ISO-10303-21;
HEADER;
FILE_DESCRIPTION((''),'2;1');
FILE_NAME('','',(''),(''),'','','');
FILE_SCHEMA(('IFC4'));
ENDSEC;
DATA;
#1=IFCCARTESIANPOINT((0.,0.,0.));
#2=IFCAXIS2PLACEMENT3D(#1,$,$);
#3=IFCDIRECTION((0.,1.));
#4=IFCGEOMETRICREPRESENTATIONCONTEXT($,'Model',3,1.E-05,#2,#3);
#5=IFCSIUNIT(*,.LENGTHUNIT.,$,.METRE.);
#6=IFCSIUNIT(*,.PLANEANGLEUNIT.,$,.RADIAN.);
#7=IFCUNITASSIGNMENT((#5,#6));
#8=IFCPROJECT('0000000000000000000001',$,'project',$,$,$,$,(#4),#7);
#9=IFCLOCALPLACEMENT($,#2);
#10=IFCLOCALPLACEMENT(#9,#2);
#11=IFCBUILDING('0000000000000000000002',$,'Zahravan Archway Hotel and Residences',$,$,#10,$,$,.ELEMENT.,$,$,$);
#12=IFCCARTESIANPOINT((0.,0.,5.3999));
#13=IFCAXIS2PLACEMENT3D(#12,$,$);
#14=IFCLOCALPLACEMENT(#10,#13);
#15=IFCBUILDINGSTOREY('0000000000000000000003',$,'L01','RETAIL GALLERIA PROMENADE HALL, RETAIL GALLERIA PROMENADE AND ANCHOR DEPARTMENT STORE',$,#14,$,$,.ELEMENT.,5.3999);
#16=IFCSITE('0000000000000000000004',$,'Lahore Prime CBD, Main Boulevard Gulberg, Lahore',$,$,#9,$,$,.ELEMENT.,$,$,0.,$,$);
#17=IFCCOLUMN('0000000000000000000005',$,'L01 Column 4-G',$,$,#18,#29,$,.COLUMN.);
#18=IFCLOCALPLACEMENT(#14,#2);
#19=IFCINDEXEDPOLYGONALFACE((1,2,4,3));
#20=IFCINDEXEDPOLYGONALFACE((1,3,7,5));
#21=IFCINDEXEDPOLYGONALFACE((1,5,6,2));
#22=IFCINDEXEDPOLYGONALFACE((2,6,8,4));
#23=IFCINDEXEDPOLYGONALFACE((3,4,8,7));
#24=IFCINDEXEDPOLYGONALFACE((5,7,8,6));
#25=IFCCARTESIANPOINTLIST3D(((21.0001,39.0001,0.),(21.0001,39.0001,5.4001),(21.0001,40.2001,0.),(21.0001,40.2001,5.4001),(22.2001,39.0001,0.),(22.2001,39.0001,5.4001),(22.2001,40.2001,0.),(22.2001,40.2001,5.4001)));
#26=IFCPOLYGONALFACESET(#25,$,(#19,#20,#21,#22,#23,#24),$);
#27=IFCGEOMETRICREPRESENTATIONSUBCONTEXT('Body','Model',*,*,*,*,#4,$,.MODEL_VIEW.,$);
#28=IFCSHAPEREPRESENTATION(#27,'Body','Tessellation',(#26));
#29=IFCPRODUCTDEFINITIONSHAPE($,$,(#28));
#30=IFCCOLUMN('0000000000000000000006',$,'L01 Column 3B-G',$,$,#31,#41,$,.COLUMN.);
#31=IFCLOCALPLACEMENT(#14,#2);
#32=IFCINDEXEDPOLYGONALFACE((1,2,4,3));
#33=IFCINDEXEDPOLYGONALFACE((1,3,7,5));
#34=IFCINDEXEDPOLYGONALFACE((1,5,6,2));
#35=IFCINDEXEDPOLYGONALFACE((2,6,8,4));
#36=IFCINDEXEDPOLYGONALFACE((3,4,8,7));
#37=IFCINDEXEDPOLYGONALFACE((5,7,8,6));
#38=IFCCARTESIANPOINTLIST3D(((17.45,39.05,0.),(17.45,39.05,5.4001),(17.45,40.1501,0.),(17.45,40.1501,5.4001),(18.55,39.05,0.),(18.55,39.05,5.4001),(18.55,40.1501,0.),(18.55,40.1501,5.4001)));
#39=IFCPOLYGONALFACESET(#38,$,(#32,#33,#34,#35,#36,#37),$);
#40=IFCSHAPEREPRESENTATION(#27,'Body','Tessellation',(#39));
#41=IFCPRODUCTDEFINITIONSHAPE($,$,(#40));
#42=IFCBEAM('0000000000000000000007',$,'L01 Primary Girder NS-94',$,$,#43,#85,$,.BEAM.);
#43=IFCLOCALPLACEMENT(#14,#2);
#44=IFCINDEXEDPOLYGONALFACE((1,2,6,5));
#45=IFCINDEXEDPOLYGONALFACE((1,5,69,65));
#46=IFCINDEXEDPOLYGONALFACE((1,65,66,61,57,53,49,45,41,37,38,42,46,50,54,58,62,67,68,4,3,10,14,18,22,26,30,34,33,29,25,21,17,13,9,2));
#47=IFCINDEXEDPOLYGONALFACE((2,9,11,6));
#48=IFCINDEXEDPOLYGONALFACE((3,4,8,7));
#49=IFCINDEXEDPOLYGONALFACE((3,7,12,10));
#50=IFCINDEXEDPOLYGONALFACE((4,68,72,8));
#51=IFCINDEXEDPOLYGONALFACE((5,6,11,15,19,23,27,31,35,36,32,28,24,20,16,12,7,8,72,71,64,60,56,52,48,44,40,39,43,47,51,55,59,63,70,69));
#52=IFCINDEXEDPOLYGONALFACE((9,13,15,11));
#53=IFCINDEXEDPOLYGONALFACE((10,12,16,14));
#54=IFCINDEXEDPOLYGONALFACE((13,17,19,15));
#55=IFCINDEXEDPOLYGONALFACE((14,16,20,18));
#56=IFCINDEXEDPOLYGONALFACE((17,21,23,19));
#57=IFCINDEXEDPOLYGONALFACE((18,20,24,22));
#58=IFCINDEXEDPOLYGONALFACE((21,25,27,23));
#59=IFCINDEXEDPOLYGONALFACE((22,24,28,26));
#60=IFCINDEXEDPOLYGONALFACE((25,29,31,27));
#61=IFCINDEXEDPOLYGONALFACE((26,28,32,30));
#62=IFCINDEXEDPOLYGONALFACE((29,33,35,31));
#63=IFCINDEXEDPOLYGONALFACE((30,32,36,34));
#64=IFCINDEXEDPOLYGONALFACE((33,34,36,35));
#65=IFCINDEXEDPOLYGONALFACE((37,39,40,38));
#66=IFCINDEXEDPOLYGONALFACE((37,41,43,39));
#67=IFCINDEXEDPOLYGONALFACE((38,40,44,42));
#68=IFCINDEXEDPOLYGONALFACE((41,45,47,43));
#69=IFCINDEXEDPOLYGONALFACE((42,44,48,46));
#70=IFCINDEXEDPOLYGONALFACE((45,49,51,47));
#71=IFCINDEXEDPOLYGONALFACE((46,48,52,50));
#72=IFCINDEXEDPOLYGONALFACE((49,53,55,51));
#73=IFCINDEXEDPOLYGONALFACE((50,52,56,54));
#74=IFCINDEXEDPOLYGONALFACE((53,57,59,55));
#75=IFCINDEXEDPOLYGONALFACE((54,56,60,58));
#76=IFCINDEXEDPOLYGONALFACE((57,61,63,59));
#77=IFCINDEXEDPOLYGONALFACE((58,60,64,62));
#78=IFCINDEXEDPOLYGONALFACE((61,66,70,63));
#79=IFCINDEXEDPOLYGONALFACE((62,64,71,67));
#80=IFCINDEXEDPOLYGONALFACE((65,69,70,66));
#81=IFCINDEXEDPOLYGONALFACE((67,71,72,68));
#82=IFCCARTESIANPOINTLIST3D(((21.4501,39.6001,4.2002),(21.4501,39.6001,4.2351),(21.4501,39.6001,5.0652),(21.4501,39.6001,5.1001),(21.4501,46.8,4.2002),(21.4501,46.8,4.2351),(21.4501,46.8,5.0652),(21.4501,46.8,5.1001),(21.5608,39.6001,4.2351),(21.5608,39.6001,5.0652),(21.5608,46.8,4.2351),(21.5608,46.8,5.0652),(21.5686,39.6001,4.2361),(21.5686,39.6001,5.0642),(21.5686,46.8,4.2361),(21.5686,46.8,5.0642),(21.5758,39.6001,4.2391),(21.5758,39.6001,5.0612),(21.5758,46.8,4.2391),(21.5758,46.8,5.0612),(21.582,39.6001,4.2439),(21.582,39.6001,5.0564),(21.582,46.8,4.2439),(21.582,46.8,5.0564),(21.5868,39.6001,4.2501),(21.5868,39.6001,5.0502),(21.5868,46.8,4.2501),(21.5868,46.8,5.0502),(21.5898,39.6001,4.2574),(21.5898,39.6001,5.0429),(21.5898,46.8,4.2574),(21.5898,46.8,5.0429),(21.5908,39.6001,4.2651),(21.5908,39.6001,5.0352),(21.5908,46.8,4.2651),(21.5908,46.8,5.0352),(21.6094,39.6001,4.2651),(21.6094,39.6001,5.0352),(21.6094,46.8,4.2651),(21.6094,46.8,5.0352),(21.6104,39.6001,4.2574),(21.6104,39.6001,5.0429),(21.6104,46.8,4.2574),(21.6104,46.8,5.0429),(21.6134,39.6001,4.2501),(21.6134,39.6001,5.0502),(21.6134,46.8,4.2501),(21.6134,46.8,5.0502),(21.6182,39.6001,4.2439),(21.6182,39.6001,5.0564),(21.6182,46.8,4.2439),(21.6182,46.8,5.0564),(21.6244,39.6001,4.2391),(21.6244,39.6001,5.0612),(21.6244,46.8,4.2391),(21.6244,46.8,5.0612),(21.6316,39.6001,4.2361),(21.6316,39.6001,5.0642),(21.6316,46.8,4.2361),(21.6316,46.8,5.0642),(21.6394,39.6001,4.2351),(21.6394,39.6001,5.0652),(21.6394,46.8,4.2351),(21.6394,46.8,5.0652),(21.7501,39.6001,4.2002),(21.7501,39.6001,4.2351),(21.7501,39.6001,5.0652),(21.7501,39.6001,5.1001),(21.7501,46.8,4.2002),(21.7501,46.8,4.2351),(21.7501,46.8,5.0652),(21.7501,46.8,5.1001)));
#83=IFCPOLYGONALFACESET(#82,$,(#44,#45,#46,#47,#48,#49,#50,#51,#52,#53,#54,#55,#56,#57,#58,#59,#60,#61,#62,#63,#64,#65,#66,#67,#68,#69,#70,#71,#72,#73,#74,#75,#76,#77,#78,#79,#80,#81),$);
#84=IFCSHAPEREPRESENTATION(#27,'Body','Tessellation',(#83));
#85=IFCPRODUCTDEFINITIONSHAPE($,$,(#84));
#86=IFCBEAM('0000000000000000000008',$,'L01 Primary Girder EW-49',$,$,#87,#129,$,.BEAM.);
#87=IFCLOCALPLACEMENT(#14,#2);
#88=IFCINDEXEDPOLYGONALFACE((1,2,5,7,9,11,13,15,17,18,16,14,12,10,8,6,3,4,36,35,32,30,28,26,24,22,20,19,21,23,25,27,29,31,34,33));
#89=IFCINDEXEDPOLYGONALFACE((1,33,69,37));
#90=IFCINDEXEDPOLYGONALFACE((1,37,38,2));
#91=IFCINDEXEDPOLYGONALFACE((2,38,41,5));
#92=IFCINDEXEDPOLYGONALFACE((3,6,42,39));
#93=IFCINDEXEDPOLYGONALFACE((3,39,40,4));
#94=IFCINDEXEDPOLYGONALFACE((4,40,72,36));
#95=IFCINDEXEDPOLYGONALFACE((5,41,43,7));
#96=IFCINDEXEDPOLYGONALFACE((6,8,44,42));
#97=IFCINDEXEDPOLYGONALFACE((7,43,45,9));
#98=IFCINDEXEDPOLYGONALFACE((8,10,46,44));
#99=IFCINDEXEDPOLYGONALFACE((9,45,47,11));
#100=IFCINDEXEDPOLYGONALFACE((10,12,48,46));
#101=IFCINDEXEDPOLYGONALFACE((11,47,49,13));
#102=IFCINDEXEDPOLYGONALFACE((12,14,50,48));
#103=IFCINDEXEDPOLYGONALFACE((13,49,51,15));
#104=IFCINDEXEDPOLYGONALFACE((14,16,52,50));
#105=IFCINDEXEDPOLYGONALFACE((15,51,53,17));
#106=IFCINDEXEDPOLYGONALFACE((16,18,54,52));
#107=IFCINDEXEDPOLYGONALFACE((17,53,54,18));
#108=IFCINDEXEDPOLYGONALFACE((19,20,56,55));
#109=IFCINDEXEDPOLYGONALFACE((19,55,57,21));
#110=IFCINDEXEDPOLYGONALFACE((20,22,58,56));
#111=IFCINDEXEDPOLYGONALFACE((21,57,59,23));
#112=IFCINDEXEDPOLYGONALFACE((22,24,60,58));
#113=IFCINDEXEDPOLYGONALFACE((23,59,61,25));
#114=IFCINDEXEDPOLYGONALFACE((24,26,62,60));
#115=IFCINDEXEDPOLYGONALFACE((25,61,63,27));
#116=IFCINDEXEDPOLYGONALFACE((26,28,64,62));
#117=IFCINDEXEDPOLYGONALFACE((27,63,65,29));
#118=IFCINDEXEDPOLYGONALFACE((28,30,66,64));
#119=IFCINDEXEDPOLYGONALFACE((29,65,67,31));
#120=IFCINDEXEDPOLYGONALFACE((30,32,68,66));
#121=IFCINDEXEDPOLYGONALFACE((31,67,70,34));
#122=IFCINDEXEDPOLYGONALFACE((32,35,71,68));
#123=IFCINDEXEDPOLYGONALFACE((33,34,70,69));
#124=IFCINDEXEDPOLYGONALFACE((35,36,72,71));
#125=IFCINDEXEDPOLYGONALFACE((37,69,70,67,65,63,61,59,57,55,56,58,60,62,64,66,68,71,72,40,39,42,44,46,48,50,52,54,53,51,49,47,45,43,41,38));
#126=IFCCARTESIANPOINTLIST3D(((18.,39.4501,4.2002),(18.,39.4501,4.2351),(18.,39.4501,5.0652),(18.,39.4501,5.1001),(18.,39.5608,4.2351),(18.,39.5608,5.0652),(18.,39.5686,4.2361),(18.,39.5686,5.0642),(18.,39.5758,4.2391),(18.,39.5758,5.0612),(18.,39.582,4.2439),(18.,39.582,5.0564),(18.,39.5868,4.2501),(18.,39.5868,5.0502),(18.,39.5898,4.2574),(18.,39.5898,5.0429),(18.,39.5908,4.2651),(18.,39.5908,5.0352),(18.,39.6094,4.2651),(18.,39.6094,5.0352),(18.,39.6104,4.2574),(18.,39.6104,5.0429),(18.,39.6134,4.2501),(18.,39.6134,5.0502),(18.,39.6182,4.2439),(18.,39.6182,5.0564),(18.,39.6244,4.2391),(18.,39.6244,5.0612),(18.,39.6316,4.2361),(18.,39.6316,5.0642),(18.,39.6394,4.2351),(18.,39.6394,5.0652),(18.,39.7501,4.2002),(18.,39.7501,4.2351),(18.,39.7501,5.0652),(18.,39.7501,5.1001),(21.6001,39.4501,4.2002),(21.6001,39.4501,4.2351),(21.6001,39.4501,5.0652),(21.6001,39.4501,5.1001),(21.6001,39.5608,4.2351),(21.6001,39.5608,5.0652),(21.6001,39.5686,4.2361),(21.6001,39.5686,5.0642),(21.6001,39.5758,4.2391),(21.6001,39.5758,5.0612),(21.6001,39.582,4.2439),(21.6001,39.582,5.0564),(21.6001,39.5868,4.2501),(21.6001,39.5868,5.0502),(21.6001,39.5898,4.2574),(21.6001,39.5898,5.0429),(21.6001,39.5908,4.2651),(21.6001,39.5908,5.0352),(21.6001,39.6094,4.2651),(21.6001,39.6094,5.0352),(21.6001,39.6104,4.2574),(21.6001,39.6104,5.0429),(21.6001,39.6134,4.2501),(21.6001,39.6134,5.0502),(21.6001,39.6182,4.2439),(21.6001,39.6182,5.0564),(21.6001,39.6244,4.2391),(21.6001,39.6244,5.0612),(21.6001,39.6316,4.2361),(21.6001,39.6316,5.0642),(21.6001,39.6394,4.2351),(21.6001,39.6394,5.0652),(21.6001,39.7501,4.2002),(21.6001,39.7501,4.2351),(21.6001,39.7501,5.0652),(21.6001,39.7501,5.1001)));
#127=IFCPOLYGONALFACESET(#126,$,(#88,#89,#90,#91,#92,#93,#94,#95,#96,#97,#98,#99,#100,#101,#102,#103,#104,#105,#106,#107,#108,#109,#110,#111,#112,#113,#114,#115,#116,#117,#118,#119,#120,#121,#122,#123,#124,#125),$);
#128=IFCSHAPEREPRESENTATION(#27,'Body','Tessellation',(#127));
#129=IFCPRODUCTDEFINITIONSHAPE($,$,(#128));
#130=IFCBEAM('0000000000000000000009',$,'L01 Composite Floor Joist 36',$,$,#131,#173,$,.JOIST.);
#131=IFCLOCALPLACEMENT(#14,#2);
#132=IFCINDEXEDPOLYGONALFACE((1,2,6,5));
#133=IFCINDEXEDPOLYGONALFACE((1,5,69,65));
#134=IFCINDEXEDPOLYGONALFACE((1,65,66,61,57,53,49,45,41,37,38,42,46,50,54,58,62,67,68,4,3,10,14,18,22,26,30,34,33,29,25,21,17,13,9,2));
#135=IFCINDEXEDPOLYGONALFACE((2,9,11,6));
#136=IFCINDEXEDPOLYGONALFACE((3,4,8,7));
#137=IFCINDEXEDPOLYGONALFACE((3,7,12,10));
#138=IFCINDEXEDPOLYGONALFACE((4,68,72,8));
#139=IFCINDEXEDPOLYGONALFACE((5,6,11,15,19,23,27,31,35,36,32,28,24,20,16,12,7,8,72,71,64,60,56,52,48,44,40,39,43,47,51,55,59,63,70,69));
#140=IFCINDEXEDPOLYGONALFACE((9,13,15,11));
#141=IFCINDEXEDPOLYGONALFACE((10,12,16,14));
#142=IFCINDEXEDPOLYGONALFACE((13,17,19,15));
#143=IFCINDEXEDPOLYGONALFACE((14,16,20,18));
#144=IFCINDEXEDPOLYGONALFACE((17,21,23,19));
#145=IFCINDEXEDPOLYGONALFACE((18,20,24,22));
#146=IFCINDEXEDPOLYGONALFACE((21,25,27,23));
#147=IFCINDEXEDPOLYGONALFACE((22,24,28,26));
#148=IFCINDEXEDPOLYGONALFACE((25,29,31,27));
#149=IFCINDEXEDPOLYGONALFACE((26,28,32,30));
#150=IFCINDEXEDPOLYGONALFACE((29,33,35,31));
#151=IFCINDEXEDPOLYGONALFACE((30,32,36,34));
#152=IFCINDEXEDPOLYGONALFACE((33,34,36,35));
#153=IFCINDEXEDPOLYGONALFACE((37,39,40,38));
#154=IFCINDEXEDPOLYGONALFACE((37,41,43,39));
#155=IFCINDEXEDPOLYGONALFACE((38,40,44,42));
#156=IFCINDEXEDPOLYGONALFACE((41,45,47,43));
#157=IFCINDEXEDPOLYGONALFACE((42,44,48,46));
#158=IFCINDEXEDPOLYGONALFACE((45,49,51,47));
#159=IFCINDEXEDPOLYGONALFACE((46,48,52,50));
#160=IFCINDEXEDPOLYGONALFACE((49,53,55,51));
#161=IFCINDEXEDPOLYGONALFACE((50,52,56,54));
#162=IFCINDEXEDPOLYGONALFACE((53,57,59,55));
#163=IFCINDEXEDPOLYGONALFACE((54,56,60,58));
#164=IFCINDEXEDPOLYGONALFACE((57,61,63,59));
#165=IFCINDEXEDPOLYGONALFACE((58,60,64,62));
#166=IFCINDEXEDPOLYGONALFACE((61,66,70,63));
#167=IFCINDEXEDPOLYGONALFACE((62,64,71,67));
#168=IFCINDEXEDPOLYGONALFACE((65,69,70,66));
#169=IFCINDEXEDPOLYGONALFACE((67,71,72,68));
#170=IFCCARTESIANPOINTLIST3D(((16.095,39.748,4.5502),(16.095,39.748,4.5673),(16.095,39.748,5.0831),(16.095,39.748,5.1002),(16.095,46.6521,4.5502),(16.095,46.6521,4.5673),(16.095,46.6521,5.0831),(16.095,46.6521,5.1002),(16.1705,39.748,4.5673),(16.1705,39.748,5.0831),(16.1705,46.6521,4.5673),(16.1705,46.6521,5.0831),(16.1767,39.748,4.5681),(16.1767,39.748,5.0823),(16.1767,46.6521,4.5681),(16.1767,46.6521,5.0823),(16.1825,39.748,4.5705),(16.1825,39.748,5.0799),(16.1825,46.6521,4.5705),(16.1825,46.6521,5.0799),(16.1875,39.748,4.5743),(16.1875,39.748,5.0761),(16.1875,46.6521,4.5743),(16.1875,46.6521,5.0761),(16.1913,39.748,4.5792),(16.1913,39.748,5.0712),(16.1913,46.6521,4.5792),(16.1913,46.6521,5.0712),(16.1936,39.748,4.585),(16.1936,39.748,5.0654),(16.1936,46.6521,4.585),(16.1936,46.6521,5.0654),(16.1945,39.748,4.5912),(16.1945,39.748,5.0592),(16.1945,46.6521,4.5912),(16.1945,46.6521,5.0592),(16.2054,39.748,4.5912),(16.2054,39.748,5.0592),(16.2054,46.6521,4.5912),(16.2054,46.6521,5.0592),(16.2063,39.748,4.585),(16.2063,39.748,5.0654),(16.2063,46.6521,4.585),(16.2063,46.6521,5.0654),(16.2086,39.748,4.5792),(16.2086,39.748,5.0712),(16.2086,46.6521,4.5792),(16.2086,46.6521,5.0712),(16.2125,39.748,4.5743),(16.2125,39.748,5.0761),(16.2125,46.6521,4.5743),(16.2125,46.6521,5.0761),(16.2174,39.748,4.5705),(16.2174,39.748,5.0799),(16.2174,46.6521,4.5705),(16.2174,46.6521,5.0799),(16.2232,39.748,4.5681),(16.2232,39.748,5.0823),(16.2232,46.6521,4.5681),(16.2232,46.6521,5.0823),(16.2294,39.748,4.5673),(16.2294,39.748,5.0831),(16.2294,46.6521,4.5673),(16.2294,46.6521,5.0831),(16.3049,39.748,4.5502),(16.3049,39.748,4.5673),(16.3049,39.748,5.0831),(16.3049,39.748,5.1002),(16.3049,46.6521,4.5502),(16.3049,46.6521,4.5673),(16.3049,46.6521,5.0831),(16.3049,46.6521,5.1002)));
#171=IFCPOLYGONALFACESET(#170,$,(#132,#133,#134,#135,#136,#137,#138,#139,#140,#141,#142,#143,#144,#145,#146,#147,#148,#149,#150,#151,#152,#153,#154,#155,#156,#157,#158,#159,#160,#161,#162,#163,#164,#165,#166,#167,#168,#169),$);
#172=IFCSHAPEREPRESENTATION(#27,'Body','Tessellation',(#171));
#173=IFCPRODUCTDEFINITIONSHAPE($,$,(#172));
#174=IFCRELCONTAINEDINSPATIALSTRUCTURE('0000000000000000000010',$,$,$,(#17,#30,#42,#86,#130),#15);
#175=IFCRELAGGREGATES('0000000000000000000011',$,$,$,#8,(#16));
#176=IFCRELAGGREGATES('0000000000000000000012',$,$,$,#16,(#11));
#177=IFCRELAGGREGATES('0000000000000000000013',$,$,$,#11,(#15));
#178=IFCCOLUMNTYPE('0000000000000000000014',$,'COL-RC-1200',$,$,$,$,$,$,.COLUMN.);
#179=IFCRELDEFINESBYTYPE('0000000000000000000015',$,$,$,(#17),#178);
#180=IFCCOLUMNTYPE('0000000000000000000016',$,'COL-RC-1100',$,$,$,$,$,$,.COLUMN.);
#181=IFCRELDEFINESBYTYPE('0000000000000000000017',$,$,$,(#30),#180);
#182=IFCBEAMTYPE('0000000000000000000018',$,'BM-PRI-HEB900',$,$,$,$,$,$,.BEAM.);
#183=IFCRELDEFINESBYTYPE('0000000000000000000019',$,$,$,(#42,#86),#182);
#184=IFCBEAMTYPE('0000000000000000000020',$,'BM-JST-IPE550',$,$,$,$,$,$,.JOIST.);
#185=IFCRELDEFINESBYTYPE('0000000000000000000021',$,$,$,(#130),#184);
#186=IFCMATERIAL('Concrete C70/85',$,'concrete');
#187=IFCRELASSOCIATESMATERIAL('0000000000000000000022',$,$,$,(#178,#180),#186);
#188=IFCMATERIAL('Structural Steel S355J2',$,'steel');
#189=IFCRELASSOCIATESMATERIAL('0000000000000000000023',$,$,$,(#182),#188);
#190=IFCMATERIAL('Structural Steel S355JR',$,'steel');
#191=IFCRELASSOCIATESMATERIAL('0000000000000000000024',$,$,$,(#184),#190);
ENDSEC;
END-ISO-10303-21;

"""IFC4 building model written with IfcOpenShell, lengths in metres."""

from ifc_helpers import new_model, si_unit, direction, frame, origin, origin_2d, place, context, subcontext, project, spatial, rectangle, i_section, extrude, source, transform, mapped, material, material_profile, profile_set, type_object, type_shapes, element, save


model = new_model("IFC4")

# Units and contexts
model_context = context("Model", 3, precision=1e-05, world=origin(), true_north=direction((0.0, 1.0)))
body_context = subcontext(model_context, "Body", "Model", "MODEL_VIEW")
ifc_project = project(units=[si_unit("LENGTHUNIT", "METRE"), si_unit("PLANEANGLEUNIT", "RADIAN")], contexts=[model_context])

# Site, building, storey
site_placement = place(None, origin())
site = spatial("IfcSite", under=ifc_project, at=site_placement, Name="Lahore Prime CBD, Main Boulevard Gulberg, Lahore", CompositionType="ELEMENT", RefElevation=0.0)
building_placement = place(site_placement, origin())
building = spatial("IfcBuilding", under=site, at=building_placement, Name="Zahravan Archway Hotel and Residences", CompositionType="ELEMENT")
storey_placement = place(building_placement, frame((0.0, 0.0, 5.3999)))
storey = spatial("IfcBuildingStorey", under=building, at=storey_placement, Name="L01", Description="RETAIL GALLERIA PROMENADE HALL, RETAIL GALLERIA PROMENADE AND ANCHOR DEPARTMENT STORE", CompositionType="ELEMENT", Elevation=5.3999)

# Columns
ifc_material_1 = material(Name="Concrete C70/85", Category="concrete")
ifc_material_profile_1 = material_profile(ifc_material_1, rectangle(XDim=1.2, YDim=1.2, at=origin_2d()), Name="RC-COL-1200x1200", Category="concrete")
ifc_profile_set_1 = profile_set([ifc_material_profile_1], Name="Concrete C70/85")
column_type_1 = type_object("IfcColumnType", Name="COL-RC-1200", PredefinedType="COLUMN", material=ifc_profile_set_1)
shared_shape_1 = source(origin(), body_context, "Body", "SweptSolid", [
    extrude(rectangle(XDim=1.2, YDim=1.2, at=origin_2d()), origin(), (0.0, 0.0, 1.0), 5.4001),
])
column_1_placement = place(storey_placement, frame((21.6001, 39.6001, 0.0), z_axis=(0.0, 0.0, 1.0), x_axis=(1.0, 0.0, 0.0)))
element("IfcColumn", 1, at=column_1_placement, inside=storey, type_object=column_type_1, Name="L01 Column 4-G", PredefinedType="COLUMN", context=body_context, shape_type="MappedRepresentation", body=[
    mapped(shared_shape_1, transform((0.0, 0.0, 0.0), scale=1.0)),
])
ifc_material_profile_2 = material_profile(ifc_material_1, rectangle(XDim=1.1001, YDim=1.1001, at=origin_2d()), Name="RC 1100x1100", Category="concrete")
ifc_profile_set_2 = profile_set([ifc_material_profile_2], Name="Concrete C70/85")
column_type_2 = type_object("IfcColumnType", Name="COL-RC-1100", PredefinedType="COLUMN", material=ifc_profile_set_2)
shared_shape_2 = source(origin(), body_context, "Body", "SweptSolid", [
    extrude(rectangle(XDim=1.1001, YDim=1.1001, at=origin_2d()), origin(), (0.0, 0.0, 1.0), 5.4001),
])
column_2_placement = place(storey_placement, frame((18.0, 39.6001, 0.0), z_axis=(0.0, 0.0, 1.0), x_axis=(1.0, 0.0, 0.0)))
element("IfcColumn", 2, at=column_2_placement, inside=storey, type_object=column_type_2, Name="L01 Column 3B-G", PredefinedType="COLUMN", context=body_context, shape_type="MappedRepresentation", body=[
    mapped(shared_shape_2, transform((0.0, 0.0, 0.0), scale=1.0)),
])

# Beams
ifc_material_2 = material(Name="Structural Steel S355J2", Category="steel")
ifc_material_profile_3 = material_profile(ifc_material_2, i_section(OverallWidth=0.3, OverallDepth=0.8999, WebThickness=0.0186, FlangeThickness=0.0349, FilletRadius=0.03, at=origin_2d()), Name="HEB 900", Category="steel")
ifc_profile_set_3 = profile_set([ifc_material_profile_3], Name="Structural Steel S355J2")
beam_type_1 = type_object("IfcBeamType", Name="BM-PRI-HEB900", PredefinedType="BEAM", material=ifc_profile_set_3)
shared_shape_3 = source(origin(), body_context, "Body", "SweptSolid", [
    extrude(i_section(OverallWidth=0.3, OverallDepth=0.8999, WebThickness=0.0186, FlangeThickness=0.0349, FilletRadius=0.03, at=origin_2d()), origin(), (0.0, 0.0, 1.0), 7.2),
])
beam_1_placement = place(storey_placement, frame((21.6001, 39.6001, 4.6501), z_axis=(0.0, 1.0, 0.0), x_axis=(-1.0, 0.0, 0.0)))
element("IfcBeam", 3, at=beam_1_placement, inside=storey, type_object=beam_type_1, Name="L01 Primary Girder NS-94", PredefinedType="BEAM", context=body_context, shape_type="MappedRepresentation", body=[
    mapped(shared_shape_3, transform((0.0, 0.0, 0.0), scale=1.0)),
])
shared_shape_4 = source(origin(), body_context, "Body", "SweptSolid", [
    extrude(i_section(OverallWidth=0.3, OverallDepth=0.8999, WebThickness=0.0186, FlangeThickness=0.0349, FilletRadius=0.03, at=origin_2d()), origin(), (0.0, 0.0, 1.0), 3.6001),
])
beam_2_placement = place(storey_placement, frame((18.0, 39.6001, 4.6501), z_axis=(1.0, 0.0, 0.0), x_axis=(0.0, 1.0, 0.0)))
element("IfcBeam", 4, at=beam_2_placement, inside=storey, type_object=beam_type_1, Name="L01 Primary Girder EW-49", PredefinedType="BEAM", context=body_context, shape_type="MappedRepresentation", body=[
    mapped(shared_shape_4, transform((0.0, 0.0, 0.0), scale=1.0)),
])
ifc_material_3 = material(Name="Structural Steel S355JR", Category="steel")
ifc_material_profile_4 = material_profile(ifc_material_3, i_section(OverallWidth=0.21, OverallDepth=0.55, WebThickness=0.011, FlangeThickness=0.0171, FilletRadius=0.0239, at=origin_2d()), Name="IPE 550", Category="steel")
ifc_profile_set_4 = profile_set([ifc_material_profile_4], Name="Structural Steel S355JR")
beam_type_2 = type_object("IfcBeamType", Name="BM-JST-IPE550", PredefinedType="JOIST", material=ifc_profile_set_4)
shared_shape_5 = source(origin(), body_context, "Body", "SweptSolid", [
    extrude(i_section(OverallWidth=0.21, OverallDepth=0.55, WebThickness=0.011, FlangeThickness=0.0171, FilletRadius=0.0239, at=origin_2d()), origin(), (0.0, 0.0, 1.0), 6.9041),
])
type_shapes(beam_type_2, [shared_shape_5])
for number, where, z_axis, x_axis, name in (
    (5, (16.2, 39.748, 4.8252), (0.0, 1.0, 0.0), (-1.0, 0.0, 0.0), "L01 Composite Floor Joist 36"),
):
    element("IfcBeam", number, at=place(storey_placement, frame(where, z_axis=z_axis, x_axis=x_axis)), inside=storey, type_object=beam_type_2, Name=name, PredefinedType="JOIST", context=body_context, shape_type="MappedRepresentation", body=[
        mapped(shared_shape_5, transform((0.0, 0.0, 0.0), scale=1.0)),
    ])

save(model, "model.ifc")
